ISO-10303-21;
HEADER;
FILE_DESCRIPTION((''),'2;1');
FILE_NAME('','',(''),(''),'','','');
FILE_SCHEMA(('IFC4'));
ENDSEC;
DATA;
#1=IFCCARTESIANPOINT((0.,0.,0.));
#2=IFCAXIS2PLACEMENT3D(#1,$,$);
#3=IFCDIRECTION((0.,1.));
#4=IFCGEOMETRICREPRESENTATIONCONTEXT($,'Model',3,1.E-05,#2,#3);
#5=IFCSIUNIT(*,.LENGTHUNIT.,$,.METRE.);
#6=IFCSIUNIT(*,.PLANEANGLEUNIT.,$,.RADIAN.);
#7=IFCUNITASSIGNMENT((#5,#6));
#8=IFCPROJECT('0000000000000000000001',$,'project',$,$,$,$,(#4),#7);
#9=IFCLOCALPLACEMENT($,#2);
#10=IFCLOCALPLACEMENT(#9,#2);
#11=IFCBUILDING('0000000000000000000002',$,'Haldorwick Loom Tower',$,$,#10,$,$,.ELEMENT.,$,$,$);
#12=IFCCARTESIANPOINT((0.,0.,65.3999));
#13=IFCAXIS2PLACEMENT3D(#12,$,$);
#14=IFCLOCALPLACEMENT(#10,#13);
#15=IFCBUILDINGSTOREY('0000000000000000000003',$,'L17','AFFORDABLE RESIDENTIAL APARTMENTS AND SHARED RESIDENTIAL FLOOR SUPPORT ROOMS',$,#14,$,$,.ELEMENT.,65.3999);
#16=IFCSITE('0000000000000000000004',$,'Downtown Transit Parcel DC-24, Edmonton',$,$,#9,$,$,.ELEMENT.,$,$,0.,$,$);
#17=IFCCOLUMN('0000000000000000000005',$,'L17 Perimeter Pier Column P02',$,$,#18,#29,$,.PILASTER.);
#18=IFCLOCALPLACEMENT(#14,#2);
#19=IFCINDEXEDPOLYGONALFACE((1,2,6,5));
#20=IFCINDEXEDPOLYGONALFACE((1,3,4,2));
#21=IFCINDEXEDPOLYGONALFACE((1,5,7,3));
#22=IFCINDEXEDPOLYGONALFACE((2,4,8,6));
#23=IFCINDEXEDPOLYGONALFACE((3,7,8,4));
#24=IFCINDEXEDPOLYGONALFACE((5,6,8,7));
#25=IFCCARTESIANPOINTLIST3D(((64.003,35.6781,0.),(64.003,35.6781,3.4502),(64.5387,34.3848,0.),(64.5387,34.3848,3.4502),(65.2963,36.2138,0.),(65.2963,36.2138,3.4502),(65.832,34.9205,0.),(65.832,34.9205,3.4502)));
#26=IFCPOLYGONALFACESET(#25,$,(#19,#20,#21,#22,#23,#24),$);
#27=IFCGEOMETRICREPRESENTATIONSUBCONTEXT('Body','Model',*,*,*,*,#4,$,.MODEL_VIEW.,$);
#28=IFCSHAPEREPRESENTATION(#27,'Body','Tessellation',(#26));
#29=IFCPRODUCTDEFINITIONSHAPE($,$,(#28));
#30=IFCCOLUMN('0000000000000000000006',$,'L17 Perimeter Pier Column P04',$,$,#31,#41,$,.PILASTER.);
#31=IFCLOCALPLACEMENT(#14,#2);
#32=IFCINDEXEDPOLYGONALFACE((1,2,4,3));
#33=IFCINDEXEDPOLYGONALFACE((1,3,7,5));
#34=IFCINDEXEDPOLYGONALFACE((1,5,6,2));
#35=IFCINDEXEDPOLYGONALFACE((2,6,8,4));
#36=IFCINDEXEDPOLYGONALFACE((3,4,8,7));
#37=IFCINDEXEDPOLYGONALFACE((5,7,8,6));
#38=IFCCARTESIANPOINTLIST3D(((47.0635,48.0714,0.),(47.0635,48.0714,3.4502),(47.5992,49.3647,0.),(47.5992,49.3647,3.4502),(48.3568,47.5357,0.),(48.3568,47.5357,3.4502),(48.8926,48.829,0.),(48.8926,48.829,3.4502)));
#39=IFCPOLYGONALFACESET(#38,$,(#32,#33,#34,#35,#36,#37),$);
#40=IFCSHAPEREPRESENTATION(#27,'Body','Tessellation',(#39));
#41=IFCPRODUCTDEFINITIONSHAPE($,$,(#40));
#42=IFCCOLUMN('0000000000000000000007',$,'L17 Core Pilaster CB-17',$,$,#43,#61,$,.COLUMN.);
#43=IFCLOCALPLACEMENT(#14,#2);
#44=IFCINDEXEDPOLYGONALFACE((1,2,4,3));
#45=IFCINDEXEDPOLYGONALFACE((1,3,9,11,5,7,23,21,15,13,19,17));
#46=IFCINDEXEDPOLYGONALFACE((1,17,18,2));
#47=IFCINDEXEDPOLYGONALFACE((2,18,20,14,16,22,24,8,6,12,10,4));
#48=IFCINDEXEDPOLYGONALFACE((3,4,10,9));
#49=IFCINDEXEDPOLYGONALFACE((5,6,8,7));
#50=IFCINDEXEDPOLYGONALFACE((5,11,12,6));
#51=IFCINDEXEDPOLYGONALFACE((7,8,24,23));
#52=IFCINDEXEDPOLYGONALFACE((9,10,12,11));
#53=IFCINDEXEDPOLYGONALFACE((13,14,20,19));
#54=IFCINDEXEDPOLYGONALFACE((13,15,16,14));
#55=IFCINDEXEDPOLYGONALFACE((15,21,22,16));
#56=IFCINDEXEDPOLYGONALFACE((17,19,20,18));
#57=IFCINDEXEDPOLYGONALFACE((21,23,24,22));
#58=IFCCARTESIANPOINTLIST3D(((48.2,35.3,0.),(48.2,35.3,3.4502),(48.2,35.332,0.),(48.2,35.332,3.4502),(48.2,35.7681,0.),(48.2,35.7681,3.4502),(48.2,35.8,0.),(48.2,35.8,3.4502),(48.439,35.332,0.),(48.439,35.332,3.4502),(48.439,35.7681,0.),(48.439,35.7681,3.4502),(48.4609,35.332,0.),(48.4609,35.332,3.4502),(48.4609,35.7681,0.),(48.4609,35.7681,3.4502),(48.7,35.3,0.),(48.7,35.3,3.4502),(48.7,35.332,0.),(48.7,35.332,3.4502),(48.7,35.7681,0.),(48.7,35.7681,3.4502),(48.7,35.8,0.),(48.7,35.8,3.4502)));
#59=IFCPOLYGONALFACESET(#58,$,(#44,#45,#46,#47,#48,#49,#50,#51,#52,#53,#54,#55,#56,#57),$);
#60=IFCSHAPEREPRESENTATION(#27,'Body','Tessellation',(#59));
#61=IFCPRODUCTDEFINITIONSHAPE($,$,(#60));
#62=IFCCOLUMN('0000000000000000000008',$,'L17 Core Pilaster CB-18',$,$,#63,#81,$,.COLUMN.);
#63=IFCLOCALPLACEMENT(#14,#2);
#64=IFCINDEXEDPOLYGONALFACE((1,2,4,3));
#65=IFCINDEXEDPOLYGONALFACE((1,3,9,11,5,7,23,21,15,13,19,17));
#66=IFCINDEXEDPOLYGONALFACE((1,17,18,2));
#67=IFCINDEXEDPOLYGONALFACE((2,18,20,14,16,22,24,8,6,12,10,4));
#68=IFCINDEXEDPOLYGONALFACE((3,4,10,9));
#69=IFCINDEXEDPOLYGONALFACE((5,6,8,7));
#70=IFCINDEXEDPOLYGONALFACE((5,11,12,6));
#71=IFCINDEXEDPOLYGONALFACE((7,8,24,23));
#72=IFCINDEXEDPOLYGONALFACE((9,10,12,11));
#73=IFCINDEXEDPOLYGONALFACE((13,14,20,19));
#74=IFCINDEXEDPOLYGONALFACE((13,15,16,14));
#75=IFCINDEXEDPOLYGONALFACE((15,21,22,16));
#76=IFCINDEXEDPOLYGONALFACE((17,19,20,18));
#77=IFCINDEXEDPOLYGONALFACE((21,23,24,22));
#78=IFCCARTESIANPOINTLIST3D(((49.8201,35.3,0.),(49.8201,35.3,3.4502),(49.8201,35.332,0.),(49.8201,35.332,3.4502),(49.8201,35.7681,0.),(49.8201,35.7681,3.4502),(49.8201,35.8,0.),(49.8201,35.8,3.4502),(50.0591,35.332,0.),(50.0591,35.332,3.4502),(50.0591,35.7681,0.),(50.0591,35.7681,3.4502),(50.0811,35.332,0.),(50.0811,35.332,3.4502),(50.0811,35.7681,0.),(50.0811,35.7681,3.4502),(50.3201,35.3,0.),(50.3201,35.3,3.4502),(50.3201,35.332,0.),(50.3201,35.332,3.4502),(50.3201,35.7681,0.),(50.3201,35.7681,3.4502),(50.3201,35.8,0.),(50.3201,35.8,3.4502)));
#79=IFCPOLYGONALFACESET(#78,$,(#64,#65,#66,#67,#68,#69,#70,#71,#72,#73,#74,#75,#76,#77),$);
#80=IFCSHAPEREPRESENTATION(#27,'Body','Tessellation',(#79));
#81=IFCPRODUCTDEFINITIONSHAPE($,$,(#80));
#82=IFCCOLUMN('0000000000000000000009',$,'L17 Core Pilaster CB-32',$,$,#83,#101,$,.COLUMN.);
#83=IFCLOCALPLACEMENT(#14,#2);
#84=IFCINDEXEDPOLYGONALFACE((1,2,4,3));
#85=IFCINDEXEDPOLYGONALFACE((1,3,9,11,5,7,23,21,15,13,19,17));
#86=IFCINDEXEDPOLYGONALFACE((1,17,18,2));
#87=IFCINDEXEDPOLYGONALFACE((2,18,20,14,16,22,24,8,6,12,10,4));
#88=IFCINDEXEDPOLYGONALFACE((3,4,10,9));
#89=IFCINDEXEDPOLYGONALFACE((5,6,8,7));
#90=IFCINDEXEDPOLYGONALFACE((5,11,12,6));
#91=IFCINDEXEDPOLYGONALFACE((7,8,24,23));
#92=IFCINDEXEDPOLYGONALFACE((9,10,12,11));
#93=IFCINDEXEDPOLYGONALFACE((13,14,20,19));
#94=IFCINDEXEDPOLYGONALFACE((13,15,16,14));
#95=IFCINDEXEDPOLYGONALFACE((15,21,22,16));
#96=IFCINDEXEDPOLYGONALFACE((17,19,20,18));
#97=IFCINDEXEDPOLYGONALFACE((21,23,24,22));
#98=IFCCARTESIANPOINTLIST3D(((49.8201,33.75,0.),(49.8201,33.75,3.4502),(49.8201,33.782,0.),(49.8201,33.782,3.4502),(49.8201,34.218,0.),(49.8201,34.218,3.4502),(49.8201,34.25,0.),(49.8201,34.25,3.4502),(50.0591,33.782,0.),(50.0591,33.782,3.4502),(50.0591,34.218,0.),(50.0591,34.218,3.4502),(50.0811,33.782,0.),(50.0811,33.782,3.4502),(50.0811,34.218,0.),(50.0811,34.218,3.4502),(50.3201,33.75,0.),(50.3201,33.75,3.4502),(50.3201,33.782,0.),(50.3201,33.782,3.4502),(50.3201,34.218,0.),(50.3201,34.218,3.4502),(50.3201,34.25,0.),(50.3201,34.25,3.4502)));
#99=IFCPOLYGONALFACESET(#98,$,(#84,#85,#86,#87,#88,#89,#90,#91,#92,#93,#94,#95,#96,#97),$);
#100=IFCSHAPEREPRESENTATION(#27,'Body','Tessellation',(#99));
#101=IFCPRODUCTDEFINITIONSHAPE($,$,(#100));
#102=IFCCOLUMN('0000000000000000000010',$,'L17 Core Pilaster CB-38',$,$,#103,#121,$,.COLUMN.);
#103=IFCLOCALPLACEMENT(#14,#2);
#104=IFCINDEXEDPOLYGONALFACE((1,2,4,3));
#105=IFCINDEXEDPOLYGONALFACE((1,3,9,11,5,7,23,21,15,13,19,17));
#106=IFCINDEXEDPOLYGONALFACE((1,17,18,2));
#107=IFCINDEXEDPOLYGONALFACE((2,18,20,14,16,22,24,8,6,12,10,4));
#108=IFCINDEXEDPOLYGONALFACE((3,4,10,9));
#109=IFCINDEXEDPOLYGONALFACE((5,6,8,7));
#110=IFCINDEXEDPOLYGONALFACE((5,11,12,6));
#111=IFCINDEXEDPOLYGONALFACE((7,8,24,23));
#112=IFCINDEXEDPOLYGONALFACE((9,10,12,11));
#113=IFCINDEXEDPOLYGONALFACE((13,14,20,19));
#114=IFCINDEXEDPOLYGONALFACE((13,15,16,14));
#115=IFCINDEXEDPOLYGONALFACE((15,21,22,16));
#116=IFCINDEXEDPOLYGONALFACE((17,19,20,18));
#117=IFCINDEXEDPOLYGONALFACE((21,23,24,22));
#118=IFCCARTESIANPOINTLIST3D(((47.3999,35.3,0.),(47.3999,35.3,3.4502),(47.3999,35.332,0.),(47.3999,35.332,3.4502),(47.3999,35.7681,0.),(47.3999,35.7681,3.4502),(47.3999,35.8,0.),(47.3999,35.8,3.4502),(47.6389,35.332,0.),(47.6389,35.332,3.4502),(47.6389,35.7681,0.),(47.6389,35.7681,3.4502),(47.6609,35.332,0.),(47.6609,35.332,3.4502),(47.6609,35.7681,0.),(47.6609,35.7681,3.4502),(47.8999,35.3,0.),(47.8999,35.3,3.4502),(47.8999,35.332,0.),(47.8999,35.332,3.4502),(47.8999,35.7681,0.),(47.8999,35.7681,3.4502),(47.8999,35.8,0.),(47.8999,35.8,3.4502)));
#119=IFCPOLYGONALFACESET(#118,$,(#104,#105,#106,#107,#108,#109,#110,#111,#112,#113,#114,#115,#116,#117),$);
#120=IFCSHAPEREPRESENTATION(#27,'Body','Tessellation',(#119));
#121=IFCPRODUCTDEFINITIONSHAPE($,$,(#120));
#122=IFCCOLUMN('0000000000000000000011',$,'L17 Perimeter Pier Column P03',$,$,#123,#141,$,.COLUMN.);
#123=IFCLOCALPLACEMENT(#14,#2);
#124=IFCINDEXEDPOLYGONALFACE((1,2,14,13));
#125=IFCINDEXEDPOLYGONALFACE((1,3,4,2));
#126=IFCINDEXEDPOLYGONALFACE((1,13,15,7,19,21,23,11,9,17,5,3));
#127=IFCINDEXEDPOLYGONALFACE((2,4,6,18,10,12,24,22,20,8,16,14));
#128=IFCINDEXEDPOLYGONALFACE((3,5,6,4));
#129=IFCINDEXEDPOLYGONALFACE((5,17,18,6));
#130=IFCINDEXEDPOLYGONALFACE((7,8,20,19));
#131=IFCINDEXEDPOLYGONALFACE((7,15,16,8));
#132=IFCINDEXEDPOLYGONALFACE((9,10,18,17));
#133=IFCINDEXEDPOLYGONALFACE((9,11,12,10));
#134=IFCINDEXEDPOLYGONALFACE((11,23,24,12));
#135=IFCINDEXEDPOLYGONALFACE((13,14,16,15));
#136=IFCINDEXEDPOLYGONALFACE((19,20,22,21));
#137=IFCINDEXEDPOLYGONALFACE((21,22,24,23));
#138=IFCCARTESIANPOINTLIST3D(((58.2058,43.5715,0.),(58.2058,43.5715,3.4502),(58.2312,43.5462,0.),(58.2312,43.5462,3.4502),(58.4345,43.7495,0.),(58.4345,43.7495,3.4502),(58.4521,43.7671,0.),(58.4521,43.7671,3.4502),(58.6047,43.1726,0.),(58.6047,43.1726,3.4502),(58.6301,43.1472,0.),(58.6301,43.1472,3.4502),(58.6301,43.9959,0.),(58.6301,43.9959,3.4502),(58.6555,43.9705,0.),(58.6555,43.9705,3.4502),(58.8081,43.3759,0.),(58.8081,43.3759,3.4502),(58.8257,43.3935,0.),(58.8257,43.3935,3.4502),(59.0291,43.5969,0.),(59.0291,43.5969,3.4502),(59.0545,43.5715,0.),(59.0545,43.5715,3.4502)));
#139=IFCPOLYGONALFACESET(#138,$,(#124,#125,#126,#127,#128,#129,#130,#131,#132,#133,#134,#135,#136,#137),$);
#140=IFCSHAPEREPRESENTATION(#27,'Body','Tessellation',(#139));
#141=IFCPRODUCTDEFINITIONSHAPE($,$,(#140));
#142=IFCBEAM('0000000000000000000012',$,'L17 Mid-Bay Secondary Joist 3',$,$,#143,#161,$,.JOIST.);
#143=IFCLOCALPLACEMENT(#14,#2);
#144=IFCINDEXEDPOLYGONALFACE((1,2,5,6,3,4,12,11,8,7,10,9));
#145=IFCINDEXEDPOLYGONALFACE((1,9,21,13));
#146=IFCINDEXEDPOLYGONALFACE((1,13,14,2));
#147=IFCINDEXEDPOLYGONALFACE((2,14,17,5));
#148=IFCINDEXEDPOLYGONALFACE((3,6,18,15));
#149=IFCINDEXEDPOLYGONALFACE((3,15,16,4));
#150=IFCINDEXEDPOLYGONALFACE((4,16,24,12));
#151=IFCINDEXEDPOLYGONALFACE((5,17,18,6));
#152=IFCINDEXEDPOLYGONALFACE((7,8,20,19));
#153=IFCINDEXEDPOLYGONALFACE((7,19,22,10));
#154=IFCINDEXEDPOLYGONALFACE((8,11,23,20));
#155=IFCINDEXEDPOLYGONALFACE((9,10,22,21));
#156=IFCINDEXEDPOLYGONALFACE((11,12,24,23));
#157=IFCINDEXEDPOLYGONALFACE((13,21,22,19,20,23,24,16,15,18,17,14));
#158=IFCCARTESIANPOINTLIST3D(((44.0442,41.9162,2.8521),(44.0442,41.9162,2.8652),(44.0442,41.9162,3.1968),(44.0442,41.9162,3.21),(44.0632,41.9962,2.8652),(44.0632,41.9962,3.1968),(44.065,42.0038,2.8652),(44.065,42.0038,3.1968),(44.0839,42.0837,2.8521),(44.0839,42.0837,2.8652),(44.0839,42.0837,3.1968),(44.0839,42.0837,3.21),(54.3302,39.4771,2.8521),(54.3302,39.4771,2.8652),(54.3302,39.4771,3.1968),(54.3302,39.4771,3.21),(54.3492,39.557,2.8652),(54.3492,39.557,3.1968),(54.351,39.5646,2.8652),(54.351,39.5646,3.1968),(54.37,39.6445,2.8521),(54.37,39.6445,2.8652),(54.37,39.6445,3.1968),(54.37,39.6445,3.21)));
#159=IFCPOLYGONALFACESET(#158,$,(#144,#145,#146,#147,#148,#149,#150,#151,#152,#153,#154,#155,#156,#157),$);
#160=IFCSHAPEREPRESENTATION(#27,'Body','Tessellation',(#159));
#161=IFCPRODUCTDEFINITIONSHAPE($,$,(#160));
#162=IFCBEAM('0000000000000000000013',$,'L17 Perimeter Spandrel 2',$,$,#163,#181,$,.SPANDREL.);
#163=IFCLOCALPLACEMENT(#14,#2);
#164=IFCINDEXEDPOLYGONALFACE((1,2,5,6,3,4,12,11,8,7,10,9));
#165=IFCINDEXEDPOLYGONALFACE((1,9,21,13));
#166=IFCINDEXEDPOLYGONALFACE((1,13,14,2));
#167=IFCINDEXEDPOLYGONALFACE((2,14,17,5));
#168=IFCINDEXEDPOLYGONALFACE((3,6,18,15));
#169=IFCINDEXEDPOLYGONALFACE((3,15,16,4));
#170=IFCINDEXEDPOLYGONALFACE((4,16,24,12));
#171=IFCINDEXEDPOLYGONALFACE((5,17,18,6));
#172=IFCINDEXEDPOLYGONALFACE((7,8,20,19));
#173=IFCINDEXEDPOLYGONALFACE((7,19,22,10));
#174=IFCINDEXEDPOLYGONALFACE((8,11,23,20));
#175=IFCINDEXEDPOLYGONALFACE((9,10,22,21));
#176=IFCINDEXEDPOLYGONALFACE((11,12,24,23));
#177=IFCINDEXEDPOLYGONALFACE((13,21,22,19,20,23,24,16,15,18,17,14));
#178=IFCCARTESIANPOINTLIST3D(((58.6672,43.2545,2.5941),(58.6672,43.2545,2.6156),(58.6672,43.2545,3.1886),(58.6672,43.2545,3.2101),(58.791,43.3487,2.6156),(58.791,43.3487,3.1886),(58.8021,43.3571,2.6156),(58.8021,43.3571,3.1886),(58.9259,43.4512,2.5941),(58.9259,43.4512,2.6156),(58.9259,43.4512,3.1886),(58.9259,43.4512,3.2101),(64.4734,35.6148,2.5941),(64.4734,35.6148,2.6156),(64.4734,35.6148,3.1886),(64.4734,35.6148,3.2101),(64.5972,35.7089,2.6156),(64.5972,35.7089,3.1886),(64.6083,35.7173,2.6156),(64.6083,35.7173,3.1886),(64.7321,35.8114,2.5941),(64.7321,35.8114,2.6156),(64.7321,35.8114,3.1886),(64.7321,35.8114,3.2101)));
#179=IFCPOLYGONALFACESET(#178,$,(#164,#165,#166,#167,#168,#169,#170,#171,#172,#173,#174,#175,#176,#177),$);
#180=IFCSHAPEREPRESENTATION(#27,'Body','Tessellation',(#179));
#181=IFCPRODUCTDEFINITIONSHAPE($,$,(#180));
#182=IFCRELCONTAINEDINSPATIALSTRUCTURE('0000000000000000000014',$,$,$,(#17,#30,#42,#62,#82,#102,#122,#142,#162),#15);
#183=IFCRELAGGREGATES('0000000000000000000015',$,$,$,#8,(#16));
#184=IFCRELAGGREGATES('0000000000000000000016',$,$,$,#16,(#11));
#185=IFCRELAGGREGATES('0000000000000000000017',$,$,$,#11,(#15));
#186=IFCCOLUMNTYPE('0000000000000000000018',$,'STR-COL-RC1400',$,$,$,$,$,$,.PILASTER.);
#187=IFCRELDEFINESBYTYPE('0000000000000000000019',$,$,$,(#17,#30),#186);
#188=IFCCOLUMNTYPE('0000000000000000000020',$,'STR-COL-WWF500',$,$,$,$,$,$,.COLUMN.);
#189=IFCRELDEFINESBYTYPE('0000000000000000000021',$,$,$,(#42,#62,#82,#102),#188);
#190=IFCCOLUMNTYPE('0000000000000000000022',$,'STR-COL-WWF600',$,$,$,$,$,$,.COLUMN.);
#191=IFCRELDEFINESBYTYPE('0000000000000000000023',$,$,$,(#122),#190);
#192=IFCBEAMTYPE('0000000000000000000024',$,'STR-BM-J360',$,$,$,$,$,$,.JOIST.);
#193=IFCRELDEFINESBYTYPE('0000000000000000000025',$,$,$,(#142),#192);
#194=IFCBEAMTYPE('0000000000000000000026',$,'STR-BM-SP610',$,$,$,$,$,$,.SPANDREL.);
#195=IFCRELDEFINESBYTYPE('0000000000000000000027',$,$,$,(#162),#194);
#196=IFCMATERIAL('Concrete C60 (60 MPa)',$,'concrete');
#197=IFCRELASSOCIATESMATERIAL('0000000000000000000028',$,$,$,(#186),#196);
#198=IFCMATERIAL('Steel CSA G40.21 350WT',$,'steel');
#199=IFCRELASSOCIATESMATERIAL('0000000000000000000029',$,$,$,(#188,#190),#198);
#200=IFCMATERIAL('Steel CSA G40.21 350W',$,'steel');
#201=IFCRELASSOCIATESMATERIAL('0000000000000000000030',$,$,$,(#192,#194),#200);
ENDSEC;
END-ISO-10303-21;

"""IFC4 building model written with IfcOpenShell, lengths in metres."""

from ifc_helpers import new_model, si_unit, direction, frame, origin, origin_2d, place, context, subcontext, project, spatial, rectangle, i_section, extrude, material, material_profile, profile_set, type_object, element, save


model = new_model("IFC4")

# Units and contexts
model_context = context("Model", 3, precision=1e-05, world=origin(), true_north=direction((0.0, 1.0)))
body_context = subcontext(model_context, "Body", "Model", "MODEL_VIEW")
ifc_project = project(units=[si_unit("LENGTHUNIT", "METRE"), si_unit("PLANEANGLEUNIT", "RADIAN")], contexts=[model_context])

# Site, building, storey
site_placement = place(None, origin())
site = spatial("IfcSite", under=ifc_project, at=site_placement, Name="Downtown Transit Parcel DC-24, Edmonton", CompositionType="ELEMENT", RefElevation=0.0)
building_placement = place(site_placement, origin())
building = spatial("IfcBuilding", under=site, at=building_placement, Name="Haldorwick Loom Tower", CompositionType="ELEMENT")
storey_placement = place(building_placement, frame((0.0, 0.0, 65.3999)))
storey = spatial("IfcBuildingStorey", under=building, at=storey_placement, Name="L17", Description="AFFORDABLE RESIDENTIAL APARTMENTS AND SHARED RESIDENTIAL FLOOR SUPPORT ROOMS", CompositionType="ELEMENT", Elevation=65.3999)

# Columns
ifc_material_1 = material(Name="Concrete C60 (60 MPa)", Category="concrete")
ifc_material_profile_1 = material_profile(ifc_material_1, rectangle(XDim=1.3999, YDim=1.3999, at=origin_2d()), Name="RC1400X1400", Category="concrete")
ifc_profile_set_1 = profile_set([ifc_material_profile_1], Name="Concrete C60 (60 MPa)")
column_type_1 = type_object("IfcColumnType", Name="STR-COL-RC1400", PredefinedType="PILASTER", material=ifc_profile_set_1)
for number, where, z_axis, x_axis, name in (
    (1, (64.9175, 35.2993, 0.0), (0.0, 0.0, 1.0), (0.92388, 0.382683, 0.0), "L17 Perimeter Pier Column P02"),
    (2, (47.978, 48.4502, 0.0), (0.0, 0.0, 1.0), (0.382683, 0.92388, 0.0), "L17 Perimeter Pier Column P04"),
):
    element("IfcColumn", number, at=place(storey_placement, frame(where, z_axis=z_axis, x_axis=x_axis)), inside=storey, type_object=column_type_1, Name=name, PredefinedType="PILASTER", context=body_context, shape_type="SweptSolid", body=[
        extrude(rectangle(XDim=1.3999, YDim=1.3999, at=origin_2d()), origin(), (0.0, 0.0, 1.0), 3.4502),
    ])
ifc_material_2 = material(Name="Steel CSA G40.21 350WT", Category="steel")
ifc_material_profile_2 = material_profile(ifc_material_2, i_section(OverallWidth=0.5, OverallDepth=0.5, WebThickness=0.022, FlangeThickness=0.032, at=origin_2d()), Name="WWF500X500", Category="steel")
ifc_profile_set_2 = profile_set([ifc_material_profile_2], Name="Steel CSA G40.21 350WT")
column_type_2 = type_object("IfcColumnType", Name="STR-COL-WWF500", PredefinedType="COLUMN", material=ifc_profile_set_2)
for number, where, z_axis, x_axis, name in (
    (3, (48.45, 35.55, 0.0), (0.0, 0.0, 1.0), (1.0, 0.0, 0.0), "L17 Core Pilaster CB-17"),
    (4, (50.0701, 35.55, 0.0), (0.0, 0.0, 1.0), (1.0, 0.0, 0.0), "L17 Core Pilaster CB-18"),
    (5, (50.0701, 34.0, 0.0), (0.0, 0.0, 1.0), (1.0, 0.0, 0.0), "L17 Core Pilaster CB-32"),
    (6, (47.6499, 35.55, 0.0), (0.0, 0.0, 1.0), (1.0, 0.0, 0.0), "L17 Core Pilaster CB-38"),
):
    element("IfcColumn", number, at=place(storey_placement, frame(where, z_axis=z_axis, x_axis=x_axis)), inside=storey, type_object=column_type_2, Name=name, PredefinedType="COLUMN", context=body_context, shape_type="SweptSolid", body=[
        extrude(i_section(OverallWidth=0.5, OverallDepth=0.5, WebThickness=0.022, FlangeThickness=0.032, at=origin_2d()), origin(), (0.0, 0.0, 1.0), 3.4502),
    ])
ifc_material_profile_3 = material_profile(ifc_material_2, i_section(OverallWidth=0.6001, OverallDepth=0.6001, WebThickness=0.0249, FlangeThickness=0.0359, at=origin_2d()), Name="WWF600X600", Category="steel")
ifc_profile_set_3 = profile_set([ifc_material_profile_3], Name="Steel CSA G40.21 350WT")
column_type_3 = type_object("IfcColumnType", Name="STR-COL-WWF600", PredefinedType="COLUMN", material=ifc_profile_set_3)
column_placement = place(storey_placement, frame((58.6301, 43.5715, 0.0), z_axis=(0.0, 0.0, 1.0), x_axis=(0.707107, 0.707107, 0.0)))
element("IfcColumn", 7, at=column_placement, inside=storey, type_object=column_type_3, Name="L17 Perimeter Pier Column P03", PredefinedType="COLUMN", context=body_context, shape_type="SweptSolid", body=[
    extrude(i_section(OverallWidth=0.6001, OverallDepth=0.6001, WebThickness=0.0249, FlangeThickness=0.0359, at=origin_2d()), origin(), (0.0, 0.0, 1.0), 3.4502),
])

# Beams
ifc_material_3 = material(Name="Steel CSA G40.21 350W", Category="steel")
ifc_material_profile_4 = material_profile(ifc_material_3, i_section(OverallWidth=0.1721, OverallDepth=0.3579, WebThickness=0.0078, FlangeThickness=0.0132, at=origin_2d()), Name="W360X57", Category="steel")
ifc_profile_set_4 = profile_set([ifc_material_profile_4], Name="Steel CSA G40.21 350W")
beam_type_1 = type_object("IfcBeamType", Name="STR-BM-J360", PredefinedType="JOIST", material=ifc_profile_set_4)
beam_1_placement = place(storey_placement, frame((54.3501, 39.5608, 3.031), z_axis=(-0.973016, 0.230737, 0.0), x_axis=(-0.230737, -0.973016, 0.0)))
element("IfcBeam", 8, at=beam_1_placement, inside=storey, type_object=beam_type_1, Name="L17 Mid-Bay Secondary Joist 3", PredefinedType="JOIST", context=body_context, shape_type="SweptSolid", body=[
    extrude(i_section(OverallWidth=0.1721, OverallDepth=0.3579, WebThickness=0.0078, FlangeThickness=0.0132, at=origin_2d()), origin(), (0.0, 0.0, 1.0), 10.5713),
])
ifc_material_profile_5 = material_profile(ifc_material_3, i_section(OverallWidth=0.325, OverallDepth=0.616, WebThickness=0.0139, FlangeThickness=0.0215, at=origin_2d()), Name="W610X174", Category="steel")
ifc_profile_set_5 = profile_set([ifc_material_profile_5], Name="Steel CSA G40.21 350W")
beam_type_2 = type_object("IfcBeamType", Name="STR-BM-SP610", PredefinedType="SPANDREL", material=ifc_profile_set_5)
beam_2_placement = place(storey_placement, frame((64.6028, 35.7131, 2.9021), z_axis=(-0.605085, 0.796161, 0.0), x_axis=(-0.796161, -0.605085, 0.0)))
element("IfcBeam", 9, at=beam_2_placement, inside=storey, type_object=beam_type_2, Name="L17 Perimeter Spandrel 2", PredefinedType="SPANDREL", context=body_context, shape_type="SweptSolid", body=[
    extrude(i_section(OverallWidth=0.325, OverallDepth=0.616, WebThickness=0.0139, FlangeThickness=0.0215, at=origin_2d()), origin(), (0.0, 0.0, 1.0), 9.5957),
])

save(model, "model.ifc")
